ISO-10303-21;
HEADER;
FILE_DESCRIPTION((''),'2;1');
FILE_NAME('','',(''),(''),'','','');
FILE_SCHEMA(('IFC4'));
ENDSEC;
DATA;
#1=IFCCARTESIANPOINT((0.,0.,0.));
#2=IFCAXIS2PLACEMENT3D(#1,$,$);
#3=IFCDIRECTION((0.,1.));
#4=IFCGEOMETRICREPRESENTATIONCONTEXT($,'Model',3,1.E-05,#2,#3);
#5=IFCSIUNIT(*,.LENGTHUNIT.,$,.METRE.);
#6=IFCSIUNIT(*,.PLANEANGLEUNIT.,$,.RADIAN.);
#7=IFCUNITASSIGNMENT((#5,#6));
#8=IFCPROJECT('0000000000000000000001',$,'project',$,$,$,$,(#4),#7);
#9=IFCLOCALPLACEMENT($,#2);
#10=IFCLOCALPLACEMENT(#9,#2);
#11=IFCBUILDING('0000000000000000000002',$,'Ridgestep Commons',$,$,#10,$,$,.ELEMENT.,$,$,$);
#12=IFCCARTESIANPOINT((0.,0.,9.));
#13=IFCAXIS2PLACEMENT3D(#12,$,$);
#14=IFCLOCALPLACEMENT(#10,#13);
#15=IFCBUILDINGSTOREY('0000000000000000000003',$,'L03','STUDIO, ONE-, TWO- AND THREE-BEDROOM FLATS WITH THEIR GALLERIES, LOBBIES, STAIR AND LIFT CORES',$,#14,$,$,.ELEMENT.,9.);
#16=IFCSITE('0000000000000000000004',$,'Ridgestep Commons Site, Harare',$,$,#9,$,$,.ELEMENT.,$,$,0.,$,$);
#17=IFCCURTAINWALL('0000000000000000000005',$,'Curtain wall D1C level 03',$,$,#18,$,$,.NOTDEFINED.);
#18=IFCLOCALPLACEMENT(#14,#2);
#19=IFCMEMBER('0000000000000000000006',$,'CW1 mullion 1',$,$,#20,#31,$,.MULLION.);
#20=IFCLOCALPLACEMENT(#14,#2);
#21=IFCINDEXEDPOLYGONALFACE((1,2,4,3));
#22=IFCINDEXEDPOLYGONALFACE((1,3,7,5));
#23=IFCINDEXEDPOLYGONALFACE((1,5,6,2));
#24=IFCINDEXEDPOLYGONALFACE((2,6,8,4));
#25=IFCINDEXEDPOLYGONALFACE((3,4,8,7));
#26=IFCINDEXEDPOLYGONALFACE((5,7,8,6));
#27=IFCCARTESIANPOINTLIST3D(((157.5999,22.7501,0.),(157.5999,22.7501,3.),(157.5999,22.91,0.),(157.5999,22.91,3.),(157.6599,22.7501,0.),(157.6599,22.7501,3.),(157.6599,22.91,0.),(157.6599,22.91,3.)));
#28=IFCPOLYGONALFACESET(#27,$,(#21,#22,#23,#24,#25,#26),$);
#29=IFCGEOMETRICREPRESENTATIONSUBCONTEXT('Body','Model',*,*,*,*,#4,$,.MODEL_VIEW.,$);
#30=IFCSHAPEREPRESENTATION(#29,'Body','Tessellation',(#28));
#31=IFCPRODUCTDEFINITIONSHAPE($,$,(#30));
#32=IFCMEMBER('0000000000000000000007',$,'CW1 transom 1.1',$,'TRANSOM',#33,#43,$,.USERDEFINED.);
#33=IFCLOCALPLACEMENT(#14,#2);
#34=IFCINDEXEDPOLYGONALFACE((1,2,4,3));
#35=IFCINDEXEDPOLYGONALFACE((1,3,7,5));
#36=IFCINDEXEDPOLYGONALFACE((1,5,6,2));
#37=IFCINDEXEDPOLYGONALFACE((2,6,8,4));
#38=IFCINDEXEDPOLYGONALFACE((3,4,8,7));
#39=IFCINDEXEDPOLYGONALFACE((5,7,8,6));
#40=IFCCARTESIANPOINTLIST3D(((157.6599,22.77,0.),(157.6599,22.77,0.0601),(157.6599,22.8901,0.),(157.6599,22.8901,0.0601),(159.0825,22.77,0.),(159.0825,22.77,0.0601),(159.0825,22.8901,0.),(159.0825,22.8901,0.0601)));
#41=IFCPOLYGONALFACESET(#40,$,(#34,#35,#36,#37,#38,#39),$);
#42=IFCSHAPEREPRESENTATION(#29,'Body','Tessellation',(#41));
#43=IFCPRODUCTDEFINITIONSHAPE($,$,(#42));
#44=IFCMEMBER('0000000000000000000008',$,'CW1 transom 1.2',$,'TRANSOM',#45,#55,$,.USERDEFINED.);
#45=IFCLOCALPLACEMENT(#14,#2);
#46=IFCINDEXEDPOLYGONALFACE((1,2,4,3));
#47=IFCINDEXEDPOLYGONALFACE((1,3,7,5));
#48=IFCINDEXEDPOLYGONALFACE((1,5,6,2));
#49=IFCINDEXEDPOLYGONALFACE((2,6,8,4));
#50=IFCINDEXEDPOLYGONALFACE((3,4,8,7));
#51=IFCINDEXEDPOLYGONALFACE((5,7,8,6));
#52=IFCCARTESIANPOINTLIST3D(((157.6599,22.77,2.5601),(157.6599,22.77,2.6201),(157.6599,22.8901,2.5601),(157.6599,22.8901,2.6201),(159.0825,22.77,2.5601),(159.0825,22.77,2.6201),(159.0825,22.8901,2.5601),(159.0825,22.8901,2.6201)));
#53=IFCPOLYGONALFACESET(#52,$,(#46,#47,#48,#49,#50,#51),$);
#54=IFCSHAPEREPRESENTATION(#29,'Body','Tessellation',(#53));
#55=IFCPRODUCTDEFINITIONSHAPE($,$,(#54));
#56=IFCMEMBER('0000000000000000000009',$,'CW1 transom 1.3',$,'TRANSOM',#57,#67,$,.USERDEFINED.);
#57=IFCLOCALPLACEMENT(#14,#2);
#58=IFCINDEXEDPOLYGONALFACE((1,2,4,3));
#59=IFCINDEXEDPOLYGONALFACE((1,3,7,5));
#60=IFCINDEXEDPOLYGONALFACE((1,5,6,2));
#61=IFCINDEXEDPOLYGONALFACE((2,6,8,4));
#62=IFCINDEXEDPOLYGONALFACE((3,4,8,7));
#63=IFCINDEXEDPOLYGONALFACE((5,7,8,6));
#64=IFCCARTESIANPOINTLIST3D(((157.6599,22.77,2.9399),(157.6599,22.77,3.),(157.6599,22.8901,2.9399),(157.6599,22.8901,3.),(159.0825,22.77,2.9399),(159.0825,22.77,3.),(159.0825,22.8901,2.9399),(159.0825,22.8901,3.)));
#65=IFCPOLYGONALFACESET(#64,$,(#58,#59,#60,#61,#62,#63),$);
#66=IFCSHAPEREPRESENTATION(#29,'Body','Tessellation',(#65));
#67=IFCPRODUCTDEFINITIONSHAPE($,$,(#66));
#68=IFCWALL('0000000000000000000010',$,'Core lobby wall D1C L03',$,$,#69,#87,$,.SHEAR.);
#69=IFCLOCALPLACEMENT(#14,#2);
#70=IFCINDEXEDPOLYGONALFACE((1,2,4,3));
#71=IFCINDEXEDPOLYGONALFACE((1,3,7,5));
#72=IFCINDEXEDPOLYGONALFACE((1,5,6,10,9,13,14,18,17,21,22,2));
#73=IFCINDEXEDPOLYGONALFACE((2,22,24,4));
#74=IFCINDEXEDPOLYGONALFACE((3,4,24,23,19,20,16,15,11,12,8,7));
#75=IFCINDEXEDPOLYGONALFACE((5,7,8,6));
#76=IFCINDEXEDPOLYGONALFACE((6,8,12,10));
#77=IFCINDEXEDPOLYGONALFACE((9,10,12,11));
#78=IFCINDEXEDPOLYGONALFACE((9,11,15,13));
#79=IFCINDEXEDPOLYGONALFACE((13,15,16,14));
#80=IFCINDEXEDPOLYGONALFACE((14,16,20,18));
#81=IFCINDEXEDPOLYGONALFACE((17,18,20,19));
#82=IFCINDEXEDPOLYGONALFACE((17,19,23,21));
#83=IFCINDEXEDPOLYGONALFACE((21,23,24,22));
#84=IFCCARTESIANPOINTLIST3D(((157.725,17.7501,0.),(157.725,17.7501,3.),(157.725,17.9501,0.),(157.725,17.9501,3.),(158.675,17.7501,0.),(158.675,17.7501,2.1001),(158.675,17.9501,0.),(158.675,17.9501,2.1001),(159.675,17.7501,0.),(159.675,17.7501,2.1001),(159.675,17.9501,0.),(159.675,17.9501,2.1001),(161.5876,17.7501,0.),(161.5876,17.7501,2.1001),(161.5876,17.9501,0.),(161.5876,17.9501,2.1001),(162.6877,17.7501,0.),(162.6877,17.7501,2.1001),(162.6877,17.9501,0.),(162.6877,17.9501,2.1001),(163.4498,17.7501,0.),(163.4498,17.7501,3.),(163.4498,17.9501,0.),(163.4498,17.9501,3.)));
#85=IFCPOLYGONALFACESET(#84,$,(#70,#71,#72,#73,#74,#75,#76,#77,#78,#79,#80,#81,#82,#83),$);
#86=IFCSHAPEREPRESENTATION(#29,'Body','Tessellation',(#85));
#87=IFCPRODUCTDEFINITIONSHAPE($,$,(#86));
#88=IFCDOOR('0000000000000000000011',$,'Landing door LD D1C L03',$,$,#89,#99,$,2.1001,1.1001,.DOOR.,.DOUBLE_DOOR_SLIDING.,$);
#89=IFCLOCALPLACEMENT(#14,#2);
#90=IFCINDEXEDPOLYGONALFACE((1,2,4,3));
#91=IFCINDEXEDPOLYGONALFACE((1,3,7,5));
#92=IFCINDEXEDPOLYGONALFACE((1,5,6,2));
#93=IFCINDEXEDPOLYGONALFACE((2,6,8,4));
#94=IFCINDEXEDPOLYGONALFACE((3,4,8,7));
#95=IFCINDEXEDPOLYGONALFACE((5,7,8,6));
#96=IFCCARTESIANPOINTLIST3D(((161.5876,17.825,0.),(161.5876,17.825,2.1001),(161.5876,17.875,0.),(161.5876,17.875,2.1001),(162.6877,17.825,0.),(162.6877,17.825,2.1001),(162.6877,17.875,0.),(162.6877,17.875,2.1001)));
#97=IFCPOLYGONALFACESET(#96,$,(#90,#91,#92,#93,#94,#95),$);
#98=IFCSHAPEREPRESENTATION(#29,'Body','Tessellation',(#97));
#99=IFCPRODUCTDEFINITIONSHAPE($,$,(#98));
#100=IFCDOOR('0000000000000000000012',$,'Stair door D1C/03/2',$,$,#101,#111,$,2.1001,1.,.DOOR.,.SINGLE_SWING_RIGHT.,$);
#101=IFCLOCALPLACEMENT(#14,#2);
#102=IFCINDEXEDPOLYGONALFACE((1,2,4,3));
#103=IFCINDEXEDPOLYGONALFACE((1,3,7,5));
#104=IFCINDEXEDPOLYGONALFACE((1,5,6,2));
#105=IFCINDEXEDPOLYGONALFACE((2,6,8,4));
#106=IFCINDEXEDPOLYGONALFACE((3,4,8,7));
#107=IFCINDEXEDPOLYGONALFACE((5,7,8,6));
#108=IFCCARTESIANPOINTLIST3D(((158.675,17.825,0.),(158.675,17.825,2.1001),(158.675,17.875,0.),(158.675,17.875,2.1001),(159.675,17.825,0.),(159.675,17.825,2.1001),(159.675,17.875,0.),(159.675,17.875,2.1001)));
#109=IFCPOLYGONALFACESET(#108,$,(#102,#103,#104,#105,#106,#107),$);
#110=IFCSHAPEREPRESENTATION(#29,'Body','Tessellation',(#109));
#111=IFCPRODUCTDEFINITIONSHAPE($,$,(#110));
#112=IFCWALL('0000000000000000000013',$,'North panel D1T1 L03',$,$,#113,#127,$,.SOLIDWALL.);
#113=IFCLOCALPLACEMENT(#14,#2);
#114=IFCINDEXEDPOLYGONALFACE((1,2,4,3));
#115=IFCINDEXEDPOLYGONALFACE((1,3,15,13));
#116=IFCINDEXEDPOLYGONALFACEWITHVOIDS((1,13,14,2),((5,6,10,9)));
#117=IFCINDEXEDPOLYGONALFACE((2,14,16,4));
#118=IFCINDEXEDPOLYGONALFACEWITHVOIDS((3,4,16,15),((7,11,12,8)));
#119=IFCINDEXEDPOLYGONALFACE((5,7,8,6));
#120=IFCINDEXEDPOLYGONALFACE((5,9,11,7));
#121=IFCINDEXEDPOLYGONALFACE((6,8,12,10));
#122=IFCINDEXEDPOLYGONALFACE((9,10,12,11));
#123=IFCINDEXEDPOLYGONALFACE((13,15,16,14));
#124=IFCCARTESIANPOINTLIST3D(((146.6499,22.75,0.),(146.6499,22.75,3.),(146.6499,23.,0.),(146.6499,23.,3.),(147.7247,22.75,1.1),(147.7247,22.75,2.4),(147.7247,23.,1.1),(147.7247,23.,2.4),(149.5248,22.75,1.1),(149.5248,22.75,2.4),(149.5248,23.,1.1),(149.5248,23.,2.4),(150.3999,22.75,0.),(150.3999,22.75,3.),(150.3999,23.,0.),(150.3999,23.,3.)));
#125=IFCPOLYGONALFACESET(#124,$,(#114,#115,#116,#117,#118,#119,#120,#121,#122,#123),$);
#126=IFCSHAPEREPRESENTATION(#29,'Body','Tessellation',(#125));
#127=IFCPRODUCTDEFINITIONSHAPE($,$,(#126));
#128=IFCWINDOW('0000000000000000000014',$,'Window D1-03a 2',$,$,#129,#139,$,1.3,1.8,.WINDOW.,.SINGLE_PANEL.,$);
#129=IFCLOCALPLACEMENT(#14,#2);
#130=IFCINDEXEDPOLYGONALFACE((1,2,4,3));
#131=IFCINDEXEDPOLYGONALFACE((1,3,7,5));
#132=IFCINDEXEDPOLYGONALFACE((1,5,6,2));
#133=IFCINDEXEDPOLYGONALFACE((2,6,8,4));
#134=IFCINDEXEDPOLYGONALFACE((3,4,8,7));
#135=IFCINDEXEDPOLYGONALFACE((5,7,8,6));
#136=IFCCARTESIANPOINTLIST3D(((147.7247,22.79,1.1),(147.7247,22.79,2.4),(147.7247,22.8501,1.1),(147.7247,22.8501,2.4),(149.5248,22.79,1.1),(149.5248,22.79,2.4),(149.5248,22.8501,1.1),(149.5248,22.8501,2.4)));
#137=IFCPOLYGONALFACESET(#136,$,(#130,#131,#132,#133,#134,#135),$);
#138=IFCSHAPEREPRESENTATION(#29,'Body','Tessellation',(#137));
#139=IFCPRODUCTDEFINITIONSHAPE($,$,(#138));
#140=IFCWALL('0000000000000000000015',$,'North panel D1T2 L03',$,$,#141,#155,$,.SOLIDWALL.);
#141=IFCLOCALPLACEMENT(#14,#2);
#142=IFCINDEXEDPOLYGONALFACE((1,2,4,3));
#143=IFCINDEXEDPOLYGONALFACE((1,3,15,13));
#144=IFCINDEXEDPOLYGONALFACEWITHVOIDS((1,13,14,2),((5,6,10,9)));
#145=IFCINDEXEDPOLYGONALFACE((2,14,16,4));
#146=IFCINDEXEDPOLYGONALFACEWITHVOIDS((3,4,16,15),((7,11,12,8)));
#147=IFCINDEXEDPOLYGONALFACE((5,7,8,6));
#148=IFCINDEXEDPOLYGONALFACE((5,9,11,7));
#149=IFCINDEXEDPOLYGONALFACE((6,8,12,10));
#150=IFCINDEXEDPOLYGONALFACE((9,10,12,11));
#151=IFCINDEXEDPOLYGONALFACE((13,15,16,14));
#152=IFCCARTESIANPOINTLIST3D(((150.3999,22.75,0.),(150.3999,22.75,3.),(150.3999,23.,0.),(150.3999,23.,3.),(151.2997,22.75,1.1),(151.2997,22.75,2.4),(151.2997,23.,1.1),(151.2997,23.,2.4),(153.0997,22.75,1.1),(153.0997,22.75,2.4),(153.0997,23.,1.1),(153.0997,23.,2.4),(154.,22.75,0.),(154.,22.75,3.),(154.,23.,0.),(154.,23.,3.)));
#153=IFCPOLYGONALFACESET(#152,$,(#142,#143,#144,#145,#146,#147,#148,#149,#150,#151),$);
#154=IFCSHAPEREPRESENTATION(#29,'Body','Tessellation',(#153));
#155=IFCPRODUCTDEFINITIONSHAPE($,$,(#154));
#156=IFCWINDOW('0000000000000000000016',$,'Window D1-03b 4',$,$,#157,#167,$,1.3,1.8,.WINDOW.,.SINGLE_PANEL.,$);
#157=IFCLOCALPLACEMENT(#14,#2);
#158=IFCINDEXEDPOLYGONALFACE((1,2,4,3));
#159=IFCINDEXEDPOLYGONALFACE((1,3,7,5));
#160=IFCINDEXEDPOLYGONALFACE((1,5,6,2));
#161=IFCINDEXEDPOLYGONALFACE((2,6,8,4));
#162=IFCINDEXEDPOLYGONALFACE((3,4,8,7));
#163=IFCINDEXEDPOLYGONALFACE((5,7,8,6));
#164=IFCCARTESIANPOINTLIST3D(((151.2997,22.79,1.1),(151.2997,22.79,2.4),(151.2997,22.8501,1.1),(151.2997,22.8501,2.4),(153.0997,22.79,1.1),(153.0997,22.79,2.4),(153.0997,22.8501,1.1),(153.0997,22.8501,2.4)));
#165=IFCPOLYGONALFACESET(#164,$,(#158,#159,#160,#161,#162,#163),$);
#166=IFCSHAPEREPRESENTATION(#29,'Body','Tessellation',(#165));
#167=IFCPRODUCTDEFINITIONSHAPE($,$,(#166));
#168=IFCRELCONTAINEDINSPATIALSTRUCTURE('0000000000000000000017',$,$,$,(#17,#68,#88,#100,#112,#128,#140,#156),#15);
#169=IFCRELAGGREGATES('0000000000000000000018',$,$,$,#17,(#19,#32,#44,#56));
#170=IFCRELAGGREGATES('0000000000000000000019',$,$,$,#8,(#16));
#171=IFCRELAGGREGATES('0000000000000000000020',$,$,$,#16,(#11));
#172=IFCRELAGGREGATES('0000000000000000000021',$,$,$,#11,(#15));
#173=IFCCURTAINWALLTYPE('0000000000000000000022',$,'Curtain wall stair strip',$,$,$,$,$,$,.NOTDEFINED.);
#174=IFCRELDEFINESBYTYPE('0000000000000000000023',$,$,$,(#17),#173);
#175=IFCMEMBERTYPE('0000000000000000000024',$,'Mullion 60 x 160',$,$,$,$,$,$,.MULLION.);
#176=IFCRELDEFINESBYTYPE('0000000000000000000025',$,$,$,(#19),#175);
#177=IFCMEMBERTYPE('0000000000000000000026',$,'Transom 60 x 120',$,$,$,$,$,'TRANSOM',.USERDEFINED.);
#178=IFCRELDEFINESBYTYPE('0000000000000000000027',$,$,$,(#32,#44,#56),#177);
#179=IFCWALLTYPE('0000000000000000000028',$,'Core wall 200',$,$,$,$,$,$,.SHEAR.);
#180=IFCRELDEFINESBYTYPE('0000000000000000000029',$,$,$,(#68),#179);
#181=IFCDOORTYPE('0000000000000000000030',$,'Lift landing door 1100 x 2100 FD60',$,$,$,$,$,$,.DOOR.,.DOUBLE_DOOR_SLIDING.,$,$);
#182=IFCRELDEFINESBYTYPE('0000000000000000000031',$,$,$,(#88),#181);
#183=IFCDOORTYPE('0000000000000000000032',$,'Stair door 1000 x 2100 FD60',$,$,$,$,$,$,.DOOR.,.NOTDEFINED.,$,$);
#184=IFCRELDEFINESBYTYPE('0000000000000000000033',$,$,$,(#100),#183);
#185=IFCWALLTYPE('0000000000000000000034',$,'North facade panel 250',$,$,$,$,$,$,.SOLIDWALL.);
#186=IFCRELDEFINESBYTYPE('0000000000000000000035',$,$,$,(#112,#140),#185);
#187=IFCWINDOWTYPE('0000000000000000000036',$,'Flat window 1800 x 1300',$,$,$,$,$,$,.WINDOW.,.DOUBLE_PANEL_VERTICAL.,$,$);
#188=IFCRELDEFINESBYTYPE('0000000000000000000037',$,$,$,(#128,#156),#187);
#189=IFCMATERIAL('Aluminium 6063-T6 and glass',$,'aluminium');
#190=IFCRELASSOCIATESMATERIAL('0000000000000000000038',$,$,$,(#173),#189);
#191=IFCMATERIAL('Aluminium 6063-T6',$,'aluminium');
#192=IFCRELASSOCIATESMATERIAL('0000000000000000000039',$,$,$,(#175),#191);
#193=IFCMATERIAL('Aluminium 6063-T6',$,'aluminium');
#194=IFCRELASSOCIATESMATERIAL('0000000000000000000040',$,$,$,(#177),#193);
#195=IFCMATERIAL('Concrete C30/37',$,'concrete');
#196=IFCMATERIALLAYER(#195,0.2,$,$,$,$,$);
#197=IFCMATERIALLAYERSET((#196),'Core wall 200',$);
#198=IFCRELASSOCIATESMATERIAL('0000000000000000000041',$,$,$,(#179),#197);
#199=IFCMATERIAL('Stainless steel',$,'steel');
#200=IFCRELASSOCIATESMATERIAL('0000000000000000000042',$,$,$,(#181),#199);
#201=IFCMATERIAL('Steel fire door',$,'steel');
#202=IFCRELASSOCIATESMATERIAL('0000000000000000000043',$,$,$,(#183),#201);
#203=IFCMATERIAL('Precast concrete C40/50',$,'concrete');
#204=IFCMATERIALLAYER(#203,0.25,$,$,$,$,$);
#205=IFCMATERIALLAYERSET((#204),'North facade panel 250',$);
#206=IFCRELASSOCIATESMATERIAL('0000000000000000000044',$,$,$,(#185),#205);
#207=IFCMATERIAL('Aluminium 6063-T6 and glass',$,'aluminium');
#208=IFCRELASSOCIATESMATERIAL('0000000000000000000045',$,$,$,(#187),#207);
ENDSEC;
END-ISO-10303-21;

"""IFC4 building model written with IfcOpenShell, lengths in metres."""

from ifc_helpers import new_model, si_unit, direction, frame, frame_2d, origin, origin_2d, place, context, subcontext, project, spatial, rectangle, extrude, material, layer, layer_set, material_profile, profile_set, type_object, element, fill, aggregate, save


model = new_model("IFC4")

# Units and contexts
model_context = context("Model", 3, precision=1e-05, world=origin(), true_north=direction((0.0, 1.0)))
body_context = subcontext(model_context, "Body", "Model", "MODEL_VIEW")
ifc_project = project(units=[si_unit("LENGTHUNIT", "METRE"), si_unit("PLANEANGLEUNIT", "RADIAN")], contexts=[model_context])

# Site, building, storey
site_placement = place(None, origin())
site = spatial("IfcSite", under=ifc_project, at=site_placement, Name="Ridgestep Commons Site, Harare", CompositionType="ELEMENT", RefElevation=0.0)
building_placement = place(site_placement, origin())
building = spatial("IfcBuilding", under=site, at=building_placement, Name="Ridgestep Commons", CompositionType="ELEMENT")
storey_placement = place(building_placement, frame((0.0, 0.0, 9.0)))
storey = spatial("IfcBuildingStorey", under=building, at=storey_placement, Name="L03", Description="STUDIO, ONE-, TWO- AND THREE-BEDROOM FLATS WITH THEIR GALLERIES, LOBBIES, STAIR AND LIFT CORES", CompositionType="ELEMENT", Elevation=9.0)

# Curtain wall, members
ifc_material_1 = material(Name="Aluminium 6063-T6 and glass", Category="aluminium")
curtain_wall_type = type_object("IfcCurtainWallType", Name="Curtain wall stair strip", PredefinedType="NOTDEFINED", material=ifc_material_1)
curtain_wall_placement = place(storey_placement, origin())
curtain_wall = element("IfcCurtainWall", 1, at=curtain_wall_placement, inside=storey, type_object=curtain_wall_type, Name="Curtain wall D1C level 03", PredefinedType="NOTDEFINED")
ifc_material_2 = material(Name="Aluminium 6063-T6", Category="aluminium")
ifc_material_profile_1 = material_profile(ifc_material_2, rectangle(XDim=0.1599, YDim=0.0601, at=origin_2d()), Name="Mullion 60 x 160")
ifc_profile_set_1 = profile_set([ifc_material_profile_1], Name="Aluminium 6063-T6")
member_type_1 = type_object("IfcMemberType", Name="Mullion 60 x 160", PredefinedType="MULLION", material=ifc_profile_set_1)
member_1_placement = place(storey_placement, frame((157.6299, 22.8301, 0.0), z_axis=(0.0, 0.0, 1.0), x_axis=(0.0, 1.0, 0.0)))
member_1 = element("IfcMember", 2, at=member_1_placement, type_object=member_type_1, Name="CW1 mullion 1", PredefinedType="MULLION", context=body_context, shape_type="SweptSolid", body=[
    extrude(rectangle(XDim=0.1599, YDim=0.0601, at=origin_2d()), origin(), (0.0, 0.0, 1.0), 3.0),
])
ifc_material_3 = material(Name="Aluminium 6063-T6", Category="aluminium")
ifc_material_profile_2 = material_profile(ifc_material_3, rectangle(XDim=0.1201, YDim=0.0601, at=origin_2d()), Name="Transom 60 x 120")
ifc_profile_set_2 = profile_set([ifc_material_profile_2], Name="Aluminium 6063-T6")
member_type_2 = type_object("IfcMemberType", Name="Transom 60 x 120", ElementType="TRANSOM", PredefinedType="USERDEFINED", material=ifc_profile_set_2)
member_2_placement = place(storey_placement, frame((157.6599, 22.8301, 0.03), z_axis=(1.0, 0.0, 0.0), x_axis=(0.0, 1.0, 0.0)))
member_2 = element("IfcMember", 3, at=member_2_placement, type_object=member_type_2, Name="CW1 transom 1.1", ObjectType="TRANSOM", PredefinedType="USERDEFINED", context=body_context, shape_type="SweptSolid", body=[
    extrude(rectangle(XDim=0.1201, YDim=0.0601, at=origin_2d()), origin(), (0.0, 0.0, 1.0), 1.4226),
])
member_3_placement = place(storey_placement, frame((157.6599, 22.8301, 2.5901), z_axis=(1.0, 0.0, 0.0), x_axis=(0.0, 1.0, 0.0)))
member_3 = element("IfcMember", 4, at=member_3_placement, type_object=member_type_2, Name="CW1 transom 1.2", ObjectType="TRANSOM", PredefinedType="USERDEFINED", context=body_context, shape_type="SweptSolid", body=[
    extrude(rectangle(XDim=0.1201, YDim=0.0601, at=origin_2d()), origin(), (0.0, 0.0, 1.0), 1.4226),
])
member_4_placement = place(storey_placement, frame((157.6599, 22.8301, 2.97), z_axis=(1.0, 0.0, 0.0), x_axis=(0.0, 1.0, 0.0)))
member_4 = element("IfcMember", 5, at=member_4_placement, type_object=member_type_2, Name="CW1 transom 1.3", ObjectType="TRANSOM", PredefinedType="USERDEFINED", context=body_context, shape_type="SweptSolid", body=[
    extrude(rectangle(XDim=0.1201, YDim=0.0601, at=origin_2d()), origin(), (0.0, 0.0, 1.0), 1.4226),
])
aggregate(curtain_wall, [member_1, member_2, member_3, member_4])

# Wall, openings, doors
ifc_material_4 = material(Name="Concrete C30/37", Category="concrete")
ifc_layer_1 = layer(ifc_material_4, 0.2)
ifc_layer_set_1 = layer_set([ifc_layer_1], Name="Core wall 200")
wall_type_1 = type_object("IfcWallType", Name="Core wall 200", PredefinedType="SHEAR", material=ifc_layer_set_1)
wall_1_placement = place(storey_placement, frame((157.7251, 17.8501, 0.0), z_axis=(0.0, 0.0, 1.0), x_axis=(1.0, 0.0, 0.0)))
wall_1 = element("IfcWall", 6, at=wall_1_placement, inside=storey, type_object=wall_type_1, Name="Core lobby wall D1C L03", PredefinedType="SHEAR", context=body_context, shape_type="SweptSolid", body=[
    extrude(rectangle(XDim=5.7249, YDim=0.2, at=frame_2d((2.8623, 0.0))), origin(), (0.0, 0.0, 1.0), 3.0),
])
opening_1_placement = place(wall_1_placement, frame((0.95, 0.0, 0.0)))
opening_1 = element("IfcOpeningElement", 7, at=opening_1_placement, cuts=wall_1, PredefinedType="OPENING", context=body_context, shape_type="SweptSolid", body=[
    extrude(rectangle(XDim=1.0, YDim=2.1001, at=frame_2d((0.5, 1.05))), frame((0.0, 0.1099, 0.0), z_axis=(0.0, -1.0, 0.0), x_axis=(1.0, 0.0, 0.0)), (0.0, 0.0, 1.0), 0.22),
])
opening_2_placement = place(wall_1_placement, frame((3.8625, 0.0, 0.0)))
opening_2 = element("IfcOpeningElement", 8, at=opening_2_placement, cuts=wall_1, PredefinedType="OPENING", context=body_context, shape_type="SweptSolid", body=[
    extrude(rectangle(XDim=1.1001, YDim=2.1001, at=frame_2d((0.55, 1.05))), frame((0.0, 0.1099, 0.0), z_axis=(0.0, -1.0, 0.0), x_axis=(1.0, 0.0, 0.0)), (0.0, 0.0, 1.0), 0.22),
])
ifc_material_5 = material(Name="Stainless steel", Category="steel")
door_type_1 = type_object("IfcDoorType", Name="Lift landing door 1100 x 2100 FD60", OperationType="DOUBLE_DOOR_SLIDING", PredefinedType="DOOR", material=ifc_material_5)
door_1_placement = place(opening_2_placement, origin())
door_1 = element("IfcDoor", 9, at=door_1_placement, inside=storey, type_object=door_type_1, Name="Landing door LD D1C L03", OperationType="DOUBLE_DOOR_SLIDING", OverallHeight=2.1001, OverallWidth=1.1001, PredefinedType="DOOR", context=body_context, shape_type="SweptSolid", body=[
    extrude(rectangle(XDim=1.1001, YDim=2.1001, at=frame_2d((0.55, 1.05))), frame((0.0, 0.0249, 0.0), z_axis=(0.0, -1.0, 0.0), x_axis=(1.0, 0.0, 0.0)), (0.0, 0.0, 1.0), 0.05),
])
fill(opening_2, door_1)
ifc_material_6 = material(Name="Steel fire door", Category="steel")
door_type_2 = type_object("IfcDoorType", Name="Stair door 1000 x 2100 FD60", OperationType="NOTDEFINED", PredefinedType="DOOR", material=ifc_material_6)
door_2_placement = place(opening_1_placement, origin())
door_2 = element("IfcDoor", 10, at=door_2_placement, inside=storey, type_object=door_type_2, Name="Stair door D1C/03/2", OperationType="SINGLE_SWING_RIGHT", OverallHeight=2.1001, OverallWidth=1.0, PredefinedType="DOOR", context=body_context, shape_type="SweptSolid", body=[
    extrude(rectangle(XDim=1.0, YDim=2.1001, at=frame_2d((0.5, 1.05))), frame((0.0, 0.0249, 0.0), z_axis=(0.0, -1.0, 0.0), x_axis=(1.0, 0.0, 0.0)), (0.0, 0.0, 1.0), 0.05),
])
fill(opening_1, door_2)

# Walls, openings, windows
ifc_material_7 = material(Name="Precast concrete C40/50", Category="concrete")
ifc_layer_2 = layer(ifc_material_7, 0.25)
ifc_layer_set_2 = layer_set([ifc_layer_2], Name="North facade panel 250")
wall_type_2 = type_object("IfcWallType", Name="North facade panel 250", PredefinedType="SOLIDWALL", material=ifc_layer_set_2)
wall_2_placement = place(storey_placement, frame((146.6499, 22.875, 0.0), z_axis=(0.0, 0.0, 1.0), x_axis=(1.0, 0.0, 0.0)))
wall_2 = element("IfcWall", 11, at=wall_2_placement, inside=storey, type_object=wall_type_2, Name="North panel D1T1 L03", PredefinedType="SOLIDWALL", context=body_context, shape_type="SweptSolid", body=[
    extrude(rectangle(XDim=3.75, YDim=0.25, at=frame_2d((1.875, 0.0))), origin(), (0.0, 0.0, 1.0), 3.0),
])
opening_3_placement = place(wall_2_placement, frame((1.075, 0.0, 1.1001)))
opening_3 = element("IfcOpeningElement", 12, at=opening_3_placement, cuts=wall_2, PredefinedType="OPENING", context=body_context, shape_type="SweptSolid", body=[
    extrude(rectangle(XDim=1.8, YDim=1.3, at=frame_2d((0.8999, 0.6499))), frame((0.0, 0.135, 0.0), z_axis=(0.0, -1.0, 0.0), x_axis=(1.0, 0.0, 0.0)), (0.0, 0.0, 1.0), 0.27),
])
ifc_material_8 = material(Name="Aluminium 6063-T6 and glass", Category="aluminium")
window_type = type_object("IfcWindowType", Name="Flat window 1800 x 1300", PartitioningType="DOUBLE_PANEL_VERTICAL", PredefinedType="WINDOW", material=ifc_material_8)
window_1_placement = place(opening_3_placement, origin())
window_1 = element("IfcWindow", 13, at=window_1_placement, inside=storey, type_object=window_type, Name="Window D1-03a 2", OverallHeight=1.3, OverallWidth=1.8, PartitioningType="SINGLE_PANEL", PredefinedType="WINDOW", context=body_context, shape_type="SweptSolid", body=[
    extrude(rectangle(XDim=1.8, YDim=1.3, at=frame_2d((0.8999, 0.6499))), frame((0.0, -0.0249, 0.0), z_axis=(0.0, -1.0, 0.0), x_axis=(1.0, 0.0, 0.0)), (0.0, 0.0, 1.0), 0.0601),
])
fill(opening_3, window_1)
wall_3_placement = place(storey_placement, frame((150.3999, 22.875, 0.0), z_axis=(0.0, 0.0, 1.0), x_axis=(1.0, 0.0, 0.0)))
wall_3 = element("IfcWall", 14, at=wall_3_placement, inside=storey, type_object=wall_type_2, Name="North panel D1T2 L03", PredefinedType="SOLIDWALL", context=body_context, shape_type="SweptSolid", body=[
    extrude(rectangle(XDim=3.6001, YDim=0.25, at=frame_2d((1.8, 0.0))), origin(), (0.0, 0.0, 1.0), 3.0),
])
opening_4_placement = place(wall_3_placement, frame((0.8999, 0.0, 1.1001)))
opening_4 = element("IfcOpeningElement", 15, at=opening_4_placement, cuts=wall_3, PredefinedType="OPENING", context=body_context, shape_type="SweptSolid", body=[
    extrude(rectangle(XDim=1.8, YDim=1.3, at=frame_2d((0.8999, 0.6499))), frame((0.0, 0.135, 0.0), z_axis=(0.0, -1.0, 0.0), x_axis=(1.0, 0.0, 0.0)), (0.0, 0.0, 1.0), 0.27),
])
window_2_placement = place(opening_4_placement, origin())
window_2 = element("IfcWindow", 16, at=window_2_placement, inside=storey, type_object=window_type, Name="Window D1-03b 4", OverallHeight=1.3, OverallWidth=1.8, PartitioningType="SINGLE_PANEL", PredefinedType="WINDOW", context=body_context, shape_type="SweptSolid", body=[
    extrude(rectangle(XDim=1.8, YDim=1.3, at=frame_2d((0.8999, 0.6499))), frame((0.0, -0.0249, 0.0), z_axis=(0.0, -1.0, 0.0), x_axis=(1.0, 0.0, 0.0)), (0.0, 0.0, 1.0), 0.0601),
])
fill(opening_4, window_2)

save(model, "model.ifc")
